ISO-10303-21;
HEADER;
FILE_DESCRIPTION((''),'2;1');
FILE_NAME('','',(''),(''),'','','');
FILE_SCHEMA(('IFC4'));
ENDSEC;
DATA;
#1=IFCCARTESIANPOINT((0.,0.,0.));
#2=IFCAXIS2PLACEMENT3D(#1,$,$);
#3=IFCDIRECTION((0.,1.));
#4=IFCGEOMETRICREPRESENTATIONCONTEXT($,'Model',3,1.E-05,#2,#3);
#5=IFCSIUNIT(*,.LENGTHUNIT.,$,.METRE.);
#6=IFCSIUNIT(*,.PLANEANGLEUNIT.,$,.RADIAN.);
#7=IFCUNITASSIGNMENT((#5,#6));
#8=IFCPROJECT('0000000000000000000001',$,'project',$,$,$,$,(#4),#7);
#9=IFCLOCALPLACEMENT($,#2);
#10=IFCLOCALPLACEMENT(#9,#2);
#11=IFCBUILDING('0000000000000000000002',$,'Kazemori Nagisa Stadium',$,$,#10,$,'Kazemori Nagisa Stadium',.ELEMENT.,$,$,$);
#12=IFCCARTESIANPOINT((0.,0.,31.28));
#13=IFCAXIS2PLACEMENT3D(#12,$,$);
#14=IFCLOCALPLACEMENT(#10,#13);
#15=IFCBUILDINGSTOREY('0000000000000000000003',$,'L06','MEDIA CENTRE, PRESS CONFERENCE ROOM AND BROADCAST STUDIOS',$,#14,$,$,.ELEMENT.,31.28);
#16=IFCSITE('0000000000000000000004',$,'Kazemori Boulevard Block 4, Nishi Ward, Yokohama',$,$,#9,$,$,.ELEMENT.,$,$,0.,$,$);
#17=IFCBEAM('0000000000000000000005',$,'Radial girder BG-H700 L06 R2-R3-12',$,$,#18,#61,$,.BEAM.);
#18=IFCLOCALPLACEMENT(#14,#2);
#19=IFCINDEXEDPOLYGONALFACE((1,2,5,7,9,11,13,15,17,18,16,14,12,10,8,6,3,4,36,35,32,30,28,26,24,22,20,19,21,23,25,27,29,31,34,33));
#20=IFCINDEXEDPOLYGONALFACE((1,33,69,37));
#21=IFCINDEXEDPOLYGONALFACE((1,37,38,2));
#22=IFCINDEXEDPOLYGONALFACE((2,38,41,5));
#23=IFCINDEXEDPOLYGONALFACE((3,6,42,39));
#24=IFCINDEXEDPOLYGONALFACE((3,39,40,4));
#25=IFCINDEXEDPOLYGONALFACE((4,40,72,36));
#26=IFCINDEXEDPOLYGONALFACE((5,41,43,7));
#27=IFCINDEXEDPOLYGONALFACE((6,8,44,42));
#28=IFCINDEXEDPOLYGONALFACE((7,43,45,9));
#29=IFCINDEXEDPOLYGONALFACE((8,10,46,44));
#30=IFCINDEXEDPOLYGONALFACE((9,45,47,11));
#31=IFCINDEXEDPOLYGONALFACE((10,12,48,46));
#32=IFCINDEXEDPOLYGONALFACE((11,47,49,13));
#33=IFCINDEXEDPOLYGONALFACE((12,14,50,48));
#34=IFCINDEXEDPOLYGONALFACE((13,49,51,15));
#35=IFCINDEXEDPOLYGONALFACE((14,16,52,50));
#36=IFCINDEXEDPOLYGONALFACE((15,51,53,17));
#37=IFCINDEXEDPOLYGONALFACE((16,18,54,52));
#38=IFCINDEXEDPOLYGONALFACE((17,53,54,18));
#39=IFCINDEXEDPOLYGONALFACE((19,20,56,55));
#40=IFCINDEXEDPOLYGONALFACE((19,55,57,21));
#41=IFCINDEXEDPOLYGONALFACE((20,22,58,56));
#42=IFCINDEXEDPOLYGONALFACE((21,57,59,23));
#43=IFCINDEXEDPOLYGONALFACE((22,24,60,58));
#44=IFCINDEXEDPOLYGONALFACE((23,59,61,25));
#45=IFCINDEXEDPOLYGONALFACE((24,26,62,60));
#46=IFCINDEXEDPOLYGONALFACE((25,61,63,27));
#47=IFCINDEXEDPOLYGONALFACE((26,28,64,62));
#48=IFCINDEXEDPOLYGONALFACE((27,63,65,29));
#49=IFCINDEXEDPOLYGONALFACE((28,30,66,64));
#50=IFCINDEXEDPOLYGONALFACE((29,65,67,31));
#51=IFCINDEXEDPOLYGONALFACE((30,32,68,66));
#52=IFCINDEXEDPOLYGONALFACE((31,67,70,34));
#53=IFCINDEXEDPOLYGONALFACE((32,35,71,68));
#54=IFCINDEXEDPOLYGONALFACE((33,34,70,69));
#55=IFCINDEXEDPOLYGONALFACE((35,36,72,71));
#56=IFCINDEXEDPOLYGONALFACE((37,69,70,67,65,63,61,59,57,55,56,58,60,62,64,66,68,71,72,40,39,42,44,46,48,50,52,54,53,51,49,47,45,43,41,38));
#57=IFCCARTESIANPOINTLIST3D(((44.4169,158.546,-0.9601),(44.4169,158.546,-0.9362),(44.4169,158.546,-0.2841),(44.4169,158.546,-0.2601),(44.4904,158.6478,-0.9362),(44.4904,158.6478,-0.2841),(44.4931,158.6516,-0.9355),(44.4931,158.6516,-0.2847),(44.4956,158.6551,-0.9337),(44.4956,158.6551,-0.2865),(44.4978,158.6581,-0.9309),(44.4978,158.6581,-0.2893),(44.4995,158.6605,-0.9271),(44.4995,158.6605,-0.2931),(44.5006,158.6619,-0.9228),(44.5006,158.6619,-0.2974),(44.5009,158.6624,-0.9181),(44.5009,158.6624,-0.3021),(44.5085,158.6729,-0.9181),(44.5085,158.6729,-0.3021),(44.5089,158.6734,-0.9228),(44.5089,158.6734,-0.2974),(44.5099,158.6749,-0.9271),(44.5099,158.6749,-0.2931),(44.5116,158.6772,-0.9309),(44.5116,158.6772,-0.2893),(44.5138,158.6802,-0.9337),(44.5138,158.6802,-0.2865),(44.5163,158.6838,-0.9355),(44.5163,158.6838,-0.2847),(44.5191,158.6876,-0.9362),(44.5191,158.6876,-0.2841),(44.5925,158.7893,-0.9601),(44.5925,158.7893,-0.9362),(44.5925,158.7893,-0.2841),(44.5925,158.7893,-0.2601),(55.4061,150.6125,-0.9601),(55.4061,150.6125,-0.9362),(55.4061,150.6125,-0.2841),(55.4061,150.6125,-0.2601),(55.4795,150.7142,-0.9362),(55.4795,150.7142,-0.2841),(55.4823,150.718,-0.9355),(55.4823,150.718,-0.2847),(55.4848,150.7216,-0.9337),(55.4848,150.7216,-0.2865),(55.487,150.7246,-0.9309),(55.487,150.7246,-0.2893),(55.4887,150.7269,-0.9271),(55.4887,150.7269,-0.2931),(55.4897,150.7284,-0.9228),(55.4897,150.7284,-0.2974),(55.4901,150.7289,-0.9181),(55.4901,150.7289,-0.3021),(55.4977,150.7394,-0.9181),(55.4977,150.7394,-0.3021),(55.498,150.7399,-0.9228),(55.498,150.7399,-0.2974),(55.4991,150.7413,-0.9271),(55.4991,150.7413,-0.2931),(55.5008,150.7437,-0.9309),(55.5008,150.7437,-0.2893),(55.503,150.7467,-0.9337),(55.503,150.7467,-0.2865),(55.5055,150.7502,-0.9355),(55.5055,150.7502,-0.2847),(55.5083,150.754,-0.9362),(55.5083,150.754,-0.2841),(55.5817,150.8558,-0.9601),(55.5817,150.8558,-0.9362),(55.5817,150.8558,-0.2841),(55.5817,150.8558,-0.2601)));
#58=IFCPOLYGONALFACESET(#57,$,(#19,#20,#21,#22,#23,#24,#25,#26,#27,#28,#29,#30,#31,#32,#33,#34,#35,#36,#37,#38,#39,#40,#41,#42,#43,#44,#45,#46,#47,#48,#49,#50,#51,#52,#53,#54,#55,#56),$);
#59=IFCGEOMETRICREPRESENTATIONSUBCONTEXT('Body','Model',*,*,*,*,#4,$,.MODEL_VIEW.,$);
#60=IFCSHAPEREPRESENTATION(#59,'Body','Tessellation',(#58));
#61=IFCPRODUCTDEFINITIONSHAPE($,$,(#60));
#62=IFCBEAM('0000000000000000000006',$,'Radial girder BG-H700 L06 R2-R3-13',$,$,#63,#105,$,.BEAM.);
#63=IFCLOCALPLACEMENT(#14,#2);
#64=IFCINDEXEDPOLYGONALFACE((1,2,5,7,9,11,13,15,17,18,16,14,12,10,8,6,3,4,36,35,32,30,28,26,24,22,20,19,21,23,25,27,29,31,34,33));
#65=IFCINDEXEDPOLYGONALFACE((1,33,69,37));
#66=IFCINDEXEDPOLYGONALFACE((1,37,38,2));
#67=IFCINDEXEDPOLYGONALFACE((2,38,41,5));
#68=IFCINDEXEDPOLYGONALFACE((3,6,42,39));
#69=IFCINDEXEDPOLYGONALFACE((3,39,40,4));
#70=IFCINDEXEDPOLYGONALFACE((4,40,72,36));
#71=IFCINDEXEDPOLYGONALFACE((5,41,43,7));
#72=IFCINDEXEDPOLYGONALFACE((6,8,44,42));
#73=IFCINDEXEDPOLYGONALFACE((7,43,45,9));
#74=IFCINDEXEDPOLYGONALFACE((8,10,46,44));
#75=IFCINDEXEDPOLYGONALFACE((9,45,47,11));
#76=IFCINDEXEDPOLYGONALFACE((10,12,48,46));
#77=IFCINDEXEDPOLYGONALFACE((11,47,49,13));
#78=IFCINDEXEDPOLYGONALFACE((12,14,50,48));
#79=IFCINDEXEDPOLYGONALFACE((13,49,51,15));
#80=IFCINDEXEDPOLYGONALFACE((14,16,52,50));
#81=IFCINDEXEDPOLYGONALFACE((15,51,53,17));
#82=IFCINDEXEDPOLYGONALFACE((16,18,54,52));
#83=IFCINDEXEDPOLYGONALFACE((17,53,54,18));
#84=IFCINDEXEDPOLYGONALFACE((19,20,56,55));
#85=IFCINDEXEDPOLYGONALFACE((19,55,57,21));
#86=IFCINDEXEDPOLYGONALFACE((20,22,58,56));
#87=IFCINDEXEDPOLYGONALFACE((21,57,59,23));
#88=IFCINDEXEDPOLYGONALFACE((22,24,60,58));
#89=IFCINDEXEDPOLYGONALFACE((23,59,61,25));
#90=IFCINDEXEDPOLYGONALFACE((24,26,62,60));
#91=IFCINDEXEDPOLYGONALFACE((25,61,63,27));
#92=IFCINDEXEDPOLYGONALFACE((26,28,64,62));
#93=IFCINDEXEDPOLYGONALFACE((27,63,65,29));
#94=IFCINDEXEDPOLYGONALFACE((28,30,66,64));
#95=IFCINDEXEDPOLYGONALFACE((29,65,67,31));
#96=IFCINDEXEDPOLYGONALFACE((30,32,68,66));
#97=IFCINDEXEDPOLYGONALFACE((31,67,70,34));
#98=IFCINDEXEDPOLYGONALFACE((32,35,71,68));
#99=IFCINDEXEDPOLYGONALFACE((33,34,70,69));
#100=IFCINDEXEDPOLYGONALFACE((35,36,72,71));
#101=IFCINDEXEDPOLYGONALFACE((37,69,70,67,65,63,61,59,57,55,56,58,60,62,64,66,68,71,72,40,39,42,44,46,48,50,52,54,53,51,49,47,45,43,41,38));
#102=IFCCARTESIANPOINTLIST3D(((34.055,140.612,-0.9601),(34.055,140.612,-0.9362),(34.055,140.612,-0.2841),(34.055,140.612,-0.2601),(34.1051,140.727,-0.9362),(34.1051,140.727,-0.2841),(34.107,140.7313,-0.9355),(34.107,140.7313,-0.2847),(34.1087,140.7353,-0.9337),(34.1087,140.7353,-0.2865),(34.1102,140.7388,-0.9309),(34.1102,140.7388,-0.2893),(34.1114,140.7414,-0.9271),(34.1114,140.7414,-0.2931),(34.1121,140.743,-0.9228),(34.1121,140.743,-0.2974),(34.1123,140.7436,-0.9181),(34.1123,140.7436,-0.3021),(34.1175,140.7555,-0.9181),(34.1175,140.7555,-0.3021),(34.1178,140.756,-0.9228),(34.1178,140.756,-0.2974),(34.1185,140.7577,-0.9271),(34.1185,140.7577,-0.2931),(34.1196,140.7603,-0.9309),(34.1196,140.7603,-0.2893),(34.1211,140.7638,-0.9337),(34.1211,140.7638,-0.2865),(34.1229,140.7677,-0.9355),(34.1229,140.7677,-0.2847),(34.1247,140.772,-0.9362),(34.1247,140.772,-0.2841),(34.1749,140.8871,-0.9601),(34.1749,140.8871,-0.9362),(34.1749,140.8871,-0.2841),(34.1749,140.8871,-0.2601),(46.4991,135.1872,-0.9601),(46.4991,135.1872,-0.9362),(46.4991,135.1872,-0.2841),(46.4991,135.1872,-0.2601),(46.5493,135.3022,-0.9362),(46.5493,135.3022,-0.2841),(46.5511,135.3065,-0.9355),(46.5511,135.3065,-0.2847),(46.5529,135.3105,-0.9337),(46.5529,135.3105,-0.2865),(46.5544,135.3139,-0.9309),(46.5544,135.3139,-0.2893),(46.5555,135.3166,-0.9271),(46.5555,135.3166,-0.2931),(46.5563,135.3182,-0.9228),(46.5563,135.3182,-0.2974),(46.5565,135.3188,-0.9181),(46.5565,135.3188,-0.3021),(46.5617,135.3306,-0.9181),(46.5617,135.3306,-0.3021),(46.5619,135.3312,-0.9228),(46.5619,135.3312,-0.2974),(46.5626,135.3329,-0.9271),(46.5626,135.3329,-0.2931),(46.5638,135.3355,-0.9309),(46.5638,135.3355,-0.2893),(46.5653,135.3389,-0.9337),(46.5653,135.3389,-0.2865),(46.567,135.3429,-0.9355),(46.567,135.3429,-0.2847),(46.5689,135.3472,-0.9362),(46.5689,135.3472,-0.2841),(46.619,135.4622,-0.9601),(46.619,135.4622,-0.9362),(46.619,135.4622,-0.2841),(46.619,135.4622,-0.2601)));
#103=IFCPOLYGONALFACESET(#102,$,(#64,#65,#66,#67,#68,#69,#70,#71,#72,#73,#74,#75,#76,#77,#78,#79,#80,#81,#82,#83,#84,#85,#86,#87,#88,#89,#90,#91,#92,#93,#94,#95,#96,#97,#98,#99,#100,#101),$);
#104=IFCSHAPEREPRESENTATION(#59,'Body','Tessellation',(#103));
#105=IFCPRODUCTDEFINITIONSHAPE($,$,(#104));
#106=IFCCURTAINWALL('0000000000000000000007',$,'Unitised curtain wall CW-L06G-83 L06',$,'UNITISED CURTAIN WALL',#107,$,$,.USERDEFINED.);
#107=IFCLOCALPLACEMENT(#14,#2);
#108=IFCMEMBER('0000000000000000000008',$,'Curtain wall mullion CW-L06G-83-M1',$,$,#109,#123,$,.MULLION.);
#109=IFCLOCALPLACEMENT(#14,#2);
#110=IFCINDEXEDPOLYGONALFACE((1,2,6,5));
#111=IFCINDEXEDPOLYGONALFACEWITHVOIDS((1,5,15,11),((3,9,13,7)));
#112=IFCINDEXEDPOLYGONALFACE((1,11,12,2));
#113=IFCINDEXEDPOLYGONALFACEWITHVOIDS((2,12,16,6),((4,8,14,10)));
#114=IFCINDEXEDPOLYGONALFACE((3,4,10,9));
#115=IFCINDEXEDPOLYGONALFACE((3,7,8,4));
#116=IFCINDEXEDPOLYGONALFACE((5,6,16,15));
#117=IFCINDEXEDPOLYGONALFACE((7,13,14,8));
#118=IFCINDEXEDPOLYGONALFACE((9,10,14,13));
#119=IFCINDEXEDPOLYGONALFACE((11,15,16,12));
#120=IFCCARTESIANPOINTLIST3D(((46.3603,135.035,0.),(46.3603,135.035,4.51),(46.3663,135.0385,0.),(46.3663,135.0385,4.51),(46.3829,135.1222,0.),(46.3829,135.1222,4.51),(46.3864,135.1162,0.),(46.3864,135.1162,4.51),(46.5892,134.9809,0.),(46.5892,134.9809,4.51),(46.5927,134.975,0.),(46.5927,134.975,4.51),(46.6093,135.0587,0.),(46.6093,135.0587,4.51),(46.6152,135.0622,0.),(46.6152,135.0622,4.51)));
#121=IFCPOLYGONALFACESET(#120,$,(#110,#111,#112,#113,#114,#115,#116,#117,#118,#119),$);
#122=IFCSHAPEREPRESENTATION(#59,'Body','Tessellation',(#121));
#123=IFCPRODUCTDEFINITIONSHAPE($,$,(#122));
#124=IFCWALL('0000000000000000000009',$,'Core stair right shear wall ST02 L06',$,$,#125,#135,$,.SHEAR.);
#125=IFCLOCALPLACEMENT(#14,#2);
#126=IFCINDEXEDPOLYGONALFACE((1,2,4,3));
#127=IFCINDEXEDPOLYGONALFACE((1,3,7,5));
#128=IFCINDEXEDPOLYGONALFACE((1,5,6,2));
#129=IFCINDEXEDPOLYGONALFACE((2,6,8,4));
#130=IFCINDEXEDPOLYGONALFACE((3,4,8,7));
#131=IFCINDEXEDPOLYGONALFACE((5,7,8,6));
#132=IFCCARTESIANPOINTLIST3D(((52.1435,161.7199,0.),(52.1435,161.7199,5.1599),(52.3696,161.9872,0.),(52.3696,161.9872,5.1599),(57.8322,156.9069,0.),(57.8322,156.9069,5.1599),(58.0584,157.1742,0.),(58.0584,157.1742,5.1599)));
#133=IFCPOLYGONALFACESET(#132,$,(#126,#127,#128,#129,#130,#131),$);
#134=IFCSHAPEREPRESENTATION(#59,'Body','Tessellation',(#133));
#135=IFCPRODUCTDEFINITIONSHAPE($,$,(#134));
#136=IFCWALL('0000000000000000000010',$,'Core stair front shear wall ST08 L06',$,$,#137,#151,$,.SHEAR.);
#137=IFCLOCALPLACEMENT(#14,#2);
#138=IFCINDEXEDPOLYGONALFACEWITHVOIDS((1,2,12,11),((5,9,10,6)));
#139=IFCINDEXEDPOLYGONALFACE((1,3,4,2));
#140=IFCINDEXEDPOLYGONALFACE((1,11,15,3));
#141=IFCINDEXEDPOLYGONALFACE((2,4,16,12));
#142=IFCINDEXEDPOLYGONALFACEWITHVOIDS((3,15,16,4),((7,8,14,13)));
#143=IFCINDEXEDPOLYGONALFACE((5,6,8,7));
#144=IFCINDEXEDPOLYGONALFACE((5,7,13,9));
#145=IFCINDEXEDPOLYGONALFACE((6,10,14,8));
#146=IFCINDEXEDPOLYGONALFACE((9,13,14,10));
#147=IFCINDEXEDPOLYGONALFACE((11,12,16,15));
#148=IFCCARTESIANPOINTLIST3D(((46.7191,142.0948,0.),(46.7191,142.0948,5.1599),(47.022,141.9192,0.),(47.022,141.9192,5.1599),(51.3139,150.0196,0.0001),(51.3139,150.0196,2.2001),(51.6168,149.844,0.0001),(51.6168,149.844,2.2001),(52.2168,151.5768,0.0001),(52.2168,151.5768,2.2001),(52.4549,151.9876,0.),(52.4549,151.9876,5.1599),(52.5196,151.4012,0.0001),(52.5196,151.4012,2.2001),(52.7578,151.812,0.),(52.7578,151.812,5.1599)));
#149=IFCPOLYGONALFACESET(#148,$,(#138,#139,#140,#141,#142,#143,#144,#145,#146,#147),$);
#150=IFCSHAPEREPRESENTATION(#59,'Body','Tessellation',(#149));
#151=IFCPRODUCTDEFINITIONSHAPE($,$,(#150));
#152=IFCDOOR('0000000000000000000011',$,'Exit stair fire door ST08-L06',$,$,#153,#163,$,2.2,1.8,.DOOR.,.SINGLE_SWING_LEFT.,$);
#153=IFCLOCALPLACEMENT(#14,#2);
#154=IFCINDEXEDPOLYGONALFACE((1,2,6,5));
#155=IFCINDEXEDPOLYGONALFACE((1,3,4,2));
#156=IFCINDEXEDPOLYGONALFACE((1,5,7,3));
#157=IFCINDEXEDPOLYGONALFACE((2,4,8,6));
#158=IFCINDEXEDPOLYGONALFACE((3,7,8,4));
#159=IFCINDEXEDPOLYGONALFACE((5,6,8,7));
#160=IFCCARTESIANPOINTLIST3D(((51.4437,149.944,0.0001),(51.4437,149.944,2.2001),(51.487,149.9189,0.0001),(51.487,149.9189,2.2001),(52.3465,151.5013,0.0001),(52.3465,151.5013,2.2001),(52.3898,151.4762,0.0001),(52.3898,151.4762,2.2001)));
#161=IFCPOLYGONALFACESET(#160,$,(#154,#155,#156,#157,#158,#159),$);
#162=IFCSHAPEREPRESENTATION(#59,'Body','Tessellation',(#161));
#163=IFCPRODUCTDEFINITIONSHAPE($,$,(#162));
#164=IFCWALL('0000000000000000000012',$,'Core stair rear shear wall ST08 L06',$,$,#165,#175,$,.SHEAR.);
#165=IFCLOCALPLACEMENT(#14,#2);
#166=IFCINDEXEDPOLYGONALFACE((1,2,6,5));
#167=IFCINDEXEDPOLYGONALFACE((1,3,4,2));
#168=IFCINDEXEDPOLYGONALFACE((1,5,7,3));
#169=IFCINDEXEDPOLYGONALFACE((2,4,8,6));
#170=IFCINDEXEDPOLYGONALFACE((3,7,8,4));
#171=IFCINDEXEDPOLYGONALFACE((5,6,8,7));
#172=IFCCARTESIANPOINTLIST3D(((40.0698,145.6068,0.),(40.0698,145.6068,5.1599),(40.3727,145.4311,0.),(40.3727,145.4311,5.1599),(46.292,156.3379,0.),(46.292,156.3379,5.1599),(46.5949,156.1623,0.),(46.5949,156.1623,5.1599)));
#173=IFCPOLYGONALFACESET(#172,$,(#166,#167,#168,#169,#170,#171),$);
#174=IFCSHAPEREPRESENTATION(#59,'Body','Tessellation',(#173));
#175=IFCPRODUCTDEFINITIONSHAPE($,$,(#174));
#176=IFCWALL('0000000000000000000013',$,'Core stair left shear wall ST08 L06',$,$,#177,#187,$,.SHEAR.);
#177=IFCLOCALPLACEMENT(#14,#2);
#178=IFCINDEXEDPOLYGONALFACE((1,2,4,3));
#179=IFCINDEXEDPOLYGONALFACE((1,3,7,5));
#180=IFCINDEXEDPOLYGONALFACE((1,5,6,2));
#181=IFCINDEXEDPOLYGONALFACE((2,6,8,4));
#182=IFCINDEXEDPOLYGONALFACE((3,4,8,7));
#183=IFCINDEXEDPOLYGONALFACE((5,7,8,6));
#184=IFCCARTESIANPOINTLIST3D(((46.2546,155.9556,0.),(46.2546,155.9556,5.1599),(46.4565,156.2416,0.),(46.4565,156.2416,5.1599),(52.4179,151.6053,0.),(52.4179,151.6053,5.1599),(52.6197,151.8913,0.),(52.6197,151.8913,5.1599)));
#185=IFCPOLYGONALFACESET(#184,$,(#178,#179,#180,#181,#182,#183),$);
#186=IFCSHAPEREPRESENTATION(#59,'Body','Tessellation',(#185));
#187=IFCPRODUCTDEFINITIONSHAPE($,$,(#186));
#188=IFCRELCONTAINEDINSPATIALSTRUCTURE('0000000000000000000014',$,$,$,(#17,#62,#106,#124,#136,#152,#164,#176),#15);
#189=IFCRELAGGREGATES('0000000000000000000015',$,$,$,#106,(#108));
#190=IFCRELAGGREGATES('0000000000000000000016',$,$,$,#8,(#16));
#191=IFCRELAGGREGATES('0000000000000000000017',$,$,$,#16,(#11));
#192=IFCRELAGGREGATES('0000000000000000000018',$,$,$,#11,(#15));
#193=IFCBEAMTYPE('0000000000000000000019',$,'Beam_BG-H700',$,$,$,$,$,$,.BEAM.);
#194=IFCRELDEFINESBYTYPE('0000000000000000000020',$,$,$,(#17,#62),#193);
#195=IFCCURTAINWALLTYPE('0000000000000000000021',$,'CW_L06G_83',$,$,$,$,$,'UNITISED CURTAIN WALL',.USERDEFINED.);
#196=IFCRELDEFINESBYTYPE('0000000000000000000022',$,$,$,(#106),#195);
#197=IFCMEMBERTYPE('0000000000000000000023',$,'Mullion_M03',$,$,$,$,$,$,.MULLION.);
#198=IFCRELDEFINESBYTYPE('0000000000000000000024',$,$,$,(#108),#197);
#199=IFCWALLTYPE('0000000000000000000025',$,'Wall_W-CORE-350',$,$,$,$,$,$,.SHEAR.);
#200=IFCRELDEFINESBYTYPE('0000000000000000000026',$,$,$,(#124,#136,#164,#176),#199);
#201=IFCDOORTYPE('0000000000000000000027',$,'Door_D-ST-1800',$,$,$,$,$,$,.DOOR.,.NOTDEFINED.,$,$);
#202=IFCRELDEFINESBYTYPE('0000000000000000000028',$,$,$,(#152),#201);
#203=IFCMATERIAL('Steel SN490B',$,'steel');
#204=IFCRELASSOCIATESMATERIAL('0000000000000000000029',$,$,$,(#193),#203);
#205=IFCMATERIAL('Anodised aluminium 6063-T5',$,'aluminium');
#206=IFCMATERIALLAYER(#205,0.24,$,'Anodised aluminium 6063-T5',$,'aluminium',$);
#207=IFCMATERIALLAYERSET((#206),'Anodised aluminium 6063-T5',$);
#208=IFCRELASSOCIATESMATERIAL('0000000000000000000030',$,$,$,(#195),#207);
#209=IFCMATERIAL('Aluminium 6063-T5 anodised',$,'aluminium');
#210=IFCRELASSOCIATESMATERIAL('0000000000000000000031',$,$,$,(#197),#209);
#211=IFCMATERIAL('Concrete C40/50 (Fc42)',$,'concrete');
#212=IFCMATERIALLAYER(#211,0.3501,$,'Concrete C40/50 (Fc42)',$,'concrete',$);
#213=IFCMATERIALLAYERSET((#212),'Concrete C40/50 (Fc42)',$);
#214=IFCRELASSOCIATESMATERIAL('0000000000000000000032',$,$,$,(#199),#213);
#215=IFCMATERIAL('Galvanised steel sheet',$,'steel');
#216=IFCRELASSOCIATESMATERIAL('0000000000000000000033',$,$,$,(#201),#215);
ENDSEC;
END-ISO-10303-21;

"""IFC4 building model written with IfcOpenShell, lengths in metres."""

from ifc_helpers import new_model, si_unit, direction, frame, frame_2d, origin, origin_2d, place, context, subcontext, project, spatial, rectangle, hollow_rectangle, i_section, extrude, material, layer, layer_set, material_profile, profile_set, type_object, element, fill, aggregate, save


model = new_model("IFC4")

# Units and contexts
model_context = context("Model", 3, precision=1e-05, world=origin(), true_north=direction((0.0, 1.0)))
body_context = subcontext(model_context, "Body", "Model", "MODEL_VIEW")
ifc_project = project(units=[si_unit("LENGTHUNIT", "METRE"), si_unit("PLANEANGLEUNIT", "RADIAN")], contexts=[model_context])

# Site, building, storey
site_placement = place(None, origin())
site = spatial("IfcSite", under=ifc_project, at=site_placement, Name="Kazemori Boulevard Block 4, Nishi Ward, Yokohama", CompositionType="ELEMENT", RefElevation=0.0)
building_placement = place(site_placement, origin())
building = spatial("IfcBuilding", under=site, at=building_placement, Name="Kazemori Nagisa Stadium", LongName="Kazemori Nagisa Stadium", CompositionType="ELEMENT")
storey_placement = place(building_placement, frame((0.0, 0.0, 31.28)))
storey = spatial("IfcBuildingStorey", under=building, at=storey_placement, Name="L06", Description="MEDIA CENTRE, PRESS CONFERENCE ROOM AND BROADCAST STUDIOS", CompositionType="ELEMENT", Elevation=31.28)

# Shared definitions
ifc_material_1 = material(Name="Steel SN490B", Category="steel")

# Beams
ifc_material_profile_1 = material_profile(ifc_material_1, i_section(OverallWidth=0.3, OverallDepth=0.7, WebThickness=0.0129, FlangeThickness=0.0239, FilletRadius=0.0181, at=origin_2d()), Name="H-700x300x13x24")
ifc_profile_set_1 = profile_set([ifc_material_profile_1], Name="Steel SN490B")
beam_type = type_object("IfcBeamType", Name="Beam_BG-H700", PredefinedType="BEAM", material=ifc_profile_set_1)
beam_1_placement = place(storey_placement, frame((55.4939, 150.7341, -0.6101), z_axis=(-0.810788, 0.585341, 0.0), x_axis=(-0.585341, -0.810788, 0.0)))
element("IfcBeam", 1, at=beam_1_placement, inside=storey, type_object=beam_type, Name="Radial girder BG-H700 L06 R2-R3-12", PredefinedType="BEAM", context=body_context, shape_type="SweptSolid", body=[
    extrude(i_section(OverallWidth=0.3, OverallDepth=0.7, WebThickness=0.0129, FlangeThickness=0.0239, FilletRadius=0.0181, at=origin_2d()), origin(), (0.0, 0.0, 1.0), 13.5537),
])
beam_2_placement = place(storey_placement, frame((46.5591, 135.3247, -0.6101), z_axis=(-0.916684, 0.399614, 0.0), x_axis=(-0.399614, -0.916684, 0.0)))
element("IfcBeam", 2, at=beam_2_placement, inside=storey, type_object=beam_type, Name="Radial girder BG-H700 L06 R2-R3-13", PredefinedType="BEAM", context=body_context, shape_type="SweptSolid", body=[
    extrude(i_section(OverallWidth=0.3, OverallDepth=0.7, WebThickness=0.0129, FlangeThickness=0.0239, FilletRadius=0.0181, at=origin_2d()), origin(), (0.0, 0.0, 1.0), 13.5752),
])

# Curtain wall, member
ifc_material_2 = material(Name="Anodised aluminium 6063-T5", Category="aluminium")
ifc_layer_1 = layer(ifc_material_2, 0.24, Name="Anodised aluminium 6063-T5", Category="aluminium")
ifc_layer_set_1 = layer_set([ifc_layer_1], Name="Anodised aluminium 6063-T5")
curtain_wall_type = type_object("IfcCurtainWallType", Name="CW_L06G_83", ElementType="UNITISED CURTAIN WALL", PredefinedType="USERDEFINED", material=ifc_layer_set_1)
curtain_wall_placement = place(storey_placement, origin())
curtain_wall = element("IfcCurtainWall", 3, at=curtain_wall_placement, inside=storey, type_object=curtain_wall_type, Name="Unitised curtain wall CW-L06G-83 L06", ObjectType="UNITISED CURTAIN WALL", PredefinedType="USERDEFINED")
ifc_material_3 = material(Name="Aluminium 6063-T5 anodised", Category="aluminium")
ifc_material_profile_2 = material_profile(ifc_material_3, hollow_rectangle(XDim=0.0901, YDim=0.24, WallThickness=0.0049, at=origin_2d()), Name="ALU-MULL-90x240x5")
ifc_profile_set_2 = profile_set([ifc_material_profile_2], Name="Aluminium 6063-T5 anodised")
member_type = type_object("IfcMemberType", Name="Mullion_M03", PredefinedType="MULLION", material=ifc_profile_set_2)
member_placement = place(storey_placement, frame((46.4878, 135.0486, 0.0), z_axis=(0.0, 0.0, 1.0), x_axis=(-0.249965, -0.968255, 0.0)))
member = element("IfcMember", 4, at=member_placement, type_object=member_type, Name="Curtain wall mullion CW-L06G-83-M1", PredefinedType="MULLION", context=body_context, shape_type="SweptSolid", body=[
    extrude(hollow_rectangle(XDim=0.0901, YDim=0.24, WallThickness=0.0049, at=origin_2d()), origin(), (0.0, 0.0, 1.0), 4.51),
])
aggregate(curtain_wall, [member])

# Wall
ifc_material_4 = material(Name="Concrete C40/50 (Fc42)", Category="concrete")
ifc_layer_2 = layer(ifc_material_4, 0.3501, Name="Concrete C40/50 (Fc42)", Category="concrete")
ifc_layer_set_2 = layer_set([ifc_layer_2], Name="Concrete C40/50 (Fc42)")
wall_type_1 = type_object("IfcWallType", Name="Wall_W-CORE-350", PredefinedType="SHEAR", material=ifc_layer_set_2)
wall_1_placement = place(storey_placement, frame((57.9453, 157.0405, 0.0), z_axis=(0.0, 0.0, 1.0), x_axis=(-0.763422, 0.6459, 0.0)))
element("IfcWall", 5, at=wall_1_placement, inside=storey, type_object=wall_type_1, Name="Core stair right shear wall ST02 L06", PredefinedType="SHEAR", context=body_context, shape_type="SweptSolid", body=[
    extrude(rectangle(XDim=7.4517, YDim=0.3501, at=frame_2d((3.7258, 0.0))), origin(), (0.0, 0.0, 1.0), 5.1599),
])

# Wall, opening, door
wall_2_placement = place(storey_placement, frame((52.6064, 151.8999, 0.0), z_axis=(0.0, 0.0, 1.0), x_axis=(-0.501587, -0.865107, 0.0)))
wall_2 = element("IfcWall", 6, at=wall_2_placement, inside=storey, type_object=wall_type_1, Name="Core stair front shear wall ST08 L06", PredefinedType="SHEAR", context=body_context, shape_type="SweptSolid", body=[
    extrude(rectangle(XDim=11.4353, YDim=0.3501, at=frame_2d((5.7178, 0.0))), origin(), (0.0, 0.0, 1.0), 5.1599),
])
opening_1_placement = place(wall_2_placement, frame((0.4751, 0.0, 0.0)))
opening_1 = element("IfcOpeningElement", 7, at=opening_1_placement, cuts=wall_2, PredefinedType="OPENING", context=body_context, shape_type="SweptSolid", body=[
    extrude(rectangle(XDim=1.8, YDim=2.2, at=frame_2d((0.8999, 1.1001))), frame((0.0, 0.1851, 0.0), z_axis=(0.0, -1.0, 0.0), x_axis=(1.0, 0.0, 0.0)), (0.0, 0.0, 1.0), 0.3701),
])
ifc_material_5 = material(Name="Galvanised steel sheet", Category="steel")
door_type_1 = type_object("IfcDoorType", Name="Door_D-ST-1800", OperationType="NOTDEFINED", PredefinedType="DOOR", material=ifc_material_5)
door_1_placement = place(opening_1_placement, frame((1.8, 0.0, 0.0), z_axis=(0.0, 0.0, 1.0), x_axis=(-1.0, 0.0, 0.0)))
door_1 = element("IfcDoor", 8, at=door_1_placement, inside=storey, type_object=door_type_1, Name="Exit stair fire door ST08-L06", OperationType="SINGLE_SWING_LEFT", OverallHeight=2.2, OverallWidth=1.8, PredefinedType="DOOR", context=body_context, shape_type="SweptSolid", body=[
    extrude(rectangle(XDim=1.8, YDim=2.2, at=frame_2d((0.8999, 1.1001))), frame((0.0, 0.0249, 0.0), z_axis=(0.0, -1.0, 0.0), x_axis=(1.0, 0.0, 0.0)), (0.0, 0.0, 1.0), 0.05),
])
fill(opening_1, door_1)

# Walls
wall_3_placement = place(storey_placement, frame((46.4434, 156.25, 0.0), z_axis=(0.0, 0.0, 1.0), x_axis=(-0.501602, -0.865099, 0.0)))
element("IfcWall", 9, at=wall_3_placement, inside=storey, type_object=wall_type_1, Name="Core stair rear shear wall ST08 L06", PredefinedType="SHEAR", context=body_context, shape_type="SweptSolid", body=[
    extrude(rectangle(XDim=12.4045, YDim=0.3501, at=frame_2d((6.2021, 0.0))), origin(), (0.0, 0.0, 1.0), 5.1599),
])
wall_4_placement = place(storey_placement, frame((52.5188, 151.7483, 0.0), z_axis=(0.0, 0.0, 1.0), x_axis=(-0.816983, 0.576662, 0.0)))
element("IfcWall", 10, at=wall_4_placement, inside=storey, type_object=wall_type_1, Name="Core stair left shear wall ST08 L06", PredefinedType="SHEAR", context=body_context, shape_type="SweptSolid", body=[
    extrude(rectangle(XDim=7.5439, YDim=0.3501, at=frame_2d((3.772, 0.0))), origin(), (0.0, 0.0, 1.0), 5.1599),
])

save(model, "model.ifc")
